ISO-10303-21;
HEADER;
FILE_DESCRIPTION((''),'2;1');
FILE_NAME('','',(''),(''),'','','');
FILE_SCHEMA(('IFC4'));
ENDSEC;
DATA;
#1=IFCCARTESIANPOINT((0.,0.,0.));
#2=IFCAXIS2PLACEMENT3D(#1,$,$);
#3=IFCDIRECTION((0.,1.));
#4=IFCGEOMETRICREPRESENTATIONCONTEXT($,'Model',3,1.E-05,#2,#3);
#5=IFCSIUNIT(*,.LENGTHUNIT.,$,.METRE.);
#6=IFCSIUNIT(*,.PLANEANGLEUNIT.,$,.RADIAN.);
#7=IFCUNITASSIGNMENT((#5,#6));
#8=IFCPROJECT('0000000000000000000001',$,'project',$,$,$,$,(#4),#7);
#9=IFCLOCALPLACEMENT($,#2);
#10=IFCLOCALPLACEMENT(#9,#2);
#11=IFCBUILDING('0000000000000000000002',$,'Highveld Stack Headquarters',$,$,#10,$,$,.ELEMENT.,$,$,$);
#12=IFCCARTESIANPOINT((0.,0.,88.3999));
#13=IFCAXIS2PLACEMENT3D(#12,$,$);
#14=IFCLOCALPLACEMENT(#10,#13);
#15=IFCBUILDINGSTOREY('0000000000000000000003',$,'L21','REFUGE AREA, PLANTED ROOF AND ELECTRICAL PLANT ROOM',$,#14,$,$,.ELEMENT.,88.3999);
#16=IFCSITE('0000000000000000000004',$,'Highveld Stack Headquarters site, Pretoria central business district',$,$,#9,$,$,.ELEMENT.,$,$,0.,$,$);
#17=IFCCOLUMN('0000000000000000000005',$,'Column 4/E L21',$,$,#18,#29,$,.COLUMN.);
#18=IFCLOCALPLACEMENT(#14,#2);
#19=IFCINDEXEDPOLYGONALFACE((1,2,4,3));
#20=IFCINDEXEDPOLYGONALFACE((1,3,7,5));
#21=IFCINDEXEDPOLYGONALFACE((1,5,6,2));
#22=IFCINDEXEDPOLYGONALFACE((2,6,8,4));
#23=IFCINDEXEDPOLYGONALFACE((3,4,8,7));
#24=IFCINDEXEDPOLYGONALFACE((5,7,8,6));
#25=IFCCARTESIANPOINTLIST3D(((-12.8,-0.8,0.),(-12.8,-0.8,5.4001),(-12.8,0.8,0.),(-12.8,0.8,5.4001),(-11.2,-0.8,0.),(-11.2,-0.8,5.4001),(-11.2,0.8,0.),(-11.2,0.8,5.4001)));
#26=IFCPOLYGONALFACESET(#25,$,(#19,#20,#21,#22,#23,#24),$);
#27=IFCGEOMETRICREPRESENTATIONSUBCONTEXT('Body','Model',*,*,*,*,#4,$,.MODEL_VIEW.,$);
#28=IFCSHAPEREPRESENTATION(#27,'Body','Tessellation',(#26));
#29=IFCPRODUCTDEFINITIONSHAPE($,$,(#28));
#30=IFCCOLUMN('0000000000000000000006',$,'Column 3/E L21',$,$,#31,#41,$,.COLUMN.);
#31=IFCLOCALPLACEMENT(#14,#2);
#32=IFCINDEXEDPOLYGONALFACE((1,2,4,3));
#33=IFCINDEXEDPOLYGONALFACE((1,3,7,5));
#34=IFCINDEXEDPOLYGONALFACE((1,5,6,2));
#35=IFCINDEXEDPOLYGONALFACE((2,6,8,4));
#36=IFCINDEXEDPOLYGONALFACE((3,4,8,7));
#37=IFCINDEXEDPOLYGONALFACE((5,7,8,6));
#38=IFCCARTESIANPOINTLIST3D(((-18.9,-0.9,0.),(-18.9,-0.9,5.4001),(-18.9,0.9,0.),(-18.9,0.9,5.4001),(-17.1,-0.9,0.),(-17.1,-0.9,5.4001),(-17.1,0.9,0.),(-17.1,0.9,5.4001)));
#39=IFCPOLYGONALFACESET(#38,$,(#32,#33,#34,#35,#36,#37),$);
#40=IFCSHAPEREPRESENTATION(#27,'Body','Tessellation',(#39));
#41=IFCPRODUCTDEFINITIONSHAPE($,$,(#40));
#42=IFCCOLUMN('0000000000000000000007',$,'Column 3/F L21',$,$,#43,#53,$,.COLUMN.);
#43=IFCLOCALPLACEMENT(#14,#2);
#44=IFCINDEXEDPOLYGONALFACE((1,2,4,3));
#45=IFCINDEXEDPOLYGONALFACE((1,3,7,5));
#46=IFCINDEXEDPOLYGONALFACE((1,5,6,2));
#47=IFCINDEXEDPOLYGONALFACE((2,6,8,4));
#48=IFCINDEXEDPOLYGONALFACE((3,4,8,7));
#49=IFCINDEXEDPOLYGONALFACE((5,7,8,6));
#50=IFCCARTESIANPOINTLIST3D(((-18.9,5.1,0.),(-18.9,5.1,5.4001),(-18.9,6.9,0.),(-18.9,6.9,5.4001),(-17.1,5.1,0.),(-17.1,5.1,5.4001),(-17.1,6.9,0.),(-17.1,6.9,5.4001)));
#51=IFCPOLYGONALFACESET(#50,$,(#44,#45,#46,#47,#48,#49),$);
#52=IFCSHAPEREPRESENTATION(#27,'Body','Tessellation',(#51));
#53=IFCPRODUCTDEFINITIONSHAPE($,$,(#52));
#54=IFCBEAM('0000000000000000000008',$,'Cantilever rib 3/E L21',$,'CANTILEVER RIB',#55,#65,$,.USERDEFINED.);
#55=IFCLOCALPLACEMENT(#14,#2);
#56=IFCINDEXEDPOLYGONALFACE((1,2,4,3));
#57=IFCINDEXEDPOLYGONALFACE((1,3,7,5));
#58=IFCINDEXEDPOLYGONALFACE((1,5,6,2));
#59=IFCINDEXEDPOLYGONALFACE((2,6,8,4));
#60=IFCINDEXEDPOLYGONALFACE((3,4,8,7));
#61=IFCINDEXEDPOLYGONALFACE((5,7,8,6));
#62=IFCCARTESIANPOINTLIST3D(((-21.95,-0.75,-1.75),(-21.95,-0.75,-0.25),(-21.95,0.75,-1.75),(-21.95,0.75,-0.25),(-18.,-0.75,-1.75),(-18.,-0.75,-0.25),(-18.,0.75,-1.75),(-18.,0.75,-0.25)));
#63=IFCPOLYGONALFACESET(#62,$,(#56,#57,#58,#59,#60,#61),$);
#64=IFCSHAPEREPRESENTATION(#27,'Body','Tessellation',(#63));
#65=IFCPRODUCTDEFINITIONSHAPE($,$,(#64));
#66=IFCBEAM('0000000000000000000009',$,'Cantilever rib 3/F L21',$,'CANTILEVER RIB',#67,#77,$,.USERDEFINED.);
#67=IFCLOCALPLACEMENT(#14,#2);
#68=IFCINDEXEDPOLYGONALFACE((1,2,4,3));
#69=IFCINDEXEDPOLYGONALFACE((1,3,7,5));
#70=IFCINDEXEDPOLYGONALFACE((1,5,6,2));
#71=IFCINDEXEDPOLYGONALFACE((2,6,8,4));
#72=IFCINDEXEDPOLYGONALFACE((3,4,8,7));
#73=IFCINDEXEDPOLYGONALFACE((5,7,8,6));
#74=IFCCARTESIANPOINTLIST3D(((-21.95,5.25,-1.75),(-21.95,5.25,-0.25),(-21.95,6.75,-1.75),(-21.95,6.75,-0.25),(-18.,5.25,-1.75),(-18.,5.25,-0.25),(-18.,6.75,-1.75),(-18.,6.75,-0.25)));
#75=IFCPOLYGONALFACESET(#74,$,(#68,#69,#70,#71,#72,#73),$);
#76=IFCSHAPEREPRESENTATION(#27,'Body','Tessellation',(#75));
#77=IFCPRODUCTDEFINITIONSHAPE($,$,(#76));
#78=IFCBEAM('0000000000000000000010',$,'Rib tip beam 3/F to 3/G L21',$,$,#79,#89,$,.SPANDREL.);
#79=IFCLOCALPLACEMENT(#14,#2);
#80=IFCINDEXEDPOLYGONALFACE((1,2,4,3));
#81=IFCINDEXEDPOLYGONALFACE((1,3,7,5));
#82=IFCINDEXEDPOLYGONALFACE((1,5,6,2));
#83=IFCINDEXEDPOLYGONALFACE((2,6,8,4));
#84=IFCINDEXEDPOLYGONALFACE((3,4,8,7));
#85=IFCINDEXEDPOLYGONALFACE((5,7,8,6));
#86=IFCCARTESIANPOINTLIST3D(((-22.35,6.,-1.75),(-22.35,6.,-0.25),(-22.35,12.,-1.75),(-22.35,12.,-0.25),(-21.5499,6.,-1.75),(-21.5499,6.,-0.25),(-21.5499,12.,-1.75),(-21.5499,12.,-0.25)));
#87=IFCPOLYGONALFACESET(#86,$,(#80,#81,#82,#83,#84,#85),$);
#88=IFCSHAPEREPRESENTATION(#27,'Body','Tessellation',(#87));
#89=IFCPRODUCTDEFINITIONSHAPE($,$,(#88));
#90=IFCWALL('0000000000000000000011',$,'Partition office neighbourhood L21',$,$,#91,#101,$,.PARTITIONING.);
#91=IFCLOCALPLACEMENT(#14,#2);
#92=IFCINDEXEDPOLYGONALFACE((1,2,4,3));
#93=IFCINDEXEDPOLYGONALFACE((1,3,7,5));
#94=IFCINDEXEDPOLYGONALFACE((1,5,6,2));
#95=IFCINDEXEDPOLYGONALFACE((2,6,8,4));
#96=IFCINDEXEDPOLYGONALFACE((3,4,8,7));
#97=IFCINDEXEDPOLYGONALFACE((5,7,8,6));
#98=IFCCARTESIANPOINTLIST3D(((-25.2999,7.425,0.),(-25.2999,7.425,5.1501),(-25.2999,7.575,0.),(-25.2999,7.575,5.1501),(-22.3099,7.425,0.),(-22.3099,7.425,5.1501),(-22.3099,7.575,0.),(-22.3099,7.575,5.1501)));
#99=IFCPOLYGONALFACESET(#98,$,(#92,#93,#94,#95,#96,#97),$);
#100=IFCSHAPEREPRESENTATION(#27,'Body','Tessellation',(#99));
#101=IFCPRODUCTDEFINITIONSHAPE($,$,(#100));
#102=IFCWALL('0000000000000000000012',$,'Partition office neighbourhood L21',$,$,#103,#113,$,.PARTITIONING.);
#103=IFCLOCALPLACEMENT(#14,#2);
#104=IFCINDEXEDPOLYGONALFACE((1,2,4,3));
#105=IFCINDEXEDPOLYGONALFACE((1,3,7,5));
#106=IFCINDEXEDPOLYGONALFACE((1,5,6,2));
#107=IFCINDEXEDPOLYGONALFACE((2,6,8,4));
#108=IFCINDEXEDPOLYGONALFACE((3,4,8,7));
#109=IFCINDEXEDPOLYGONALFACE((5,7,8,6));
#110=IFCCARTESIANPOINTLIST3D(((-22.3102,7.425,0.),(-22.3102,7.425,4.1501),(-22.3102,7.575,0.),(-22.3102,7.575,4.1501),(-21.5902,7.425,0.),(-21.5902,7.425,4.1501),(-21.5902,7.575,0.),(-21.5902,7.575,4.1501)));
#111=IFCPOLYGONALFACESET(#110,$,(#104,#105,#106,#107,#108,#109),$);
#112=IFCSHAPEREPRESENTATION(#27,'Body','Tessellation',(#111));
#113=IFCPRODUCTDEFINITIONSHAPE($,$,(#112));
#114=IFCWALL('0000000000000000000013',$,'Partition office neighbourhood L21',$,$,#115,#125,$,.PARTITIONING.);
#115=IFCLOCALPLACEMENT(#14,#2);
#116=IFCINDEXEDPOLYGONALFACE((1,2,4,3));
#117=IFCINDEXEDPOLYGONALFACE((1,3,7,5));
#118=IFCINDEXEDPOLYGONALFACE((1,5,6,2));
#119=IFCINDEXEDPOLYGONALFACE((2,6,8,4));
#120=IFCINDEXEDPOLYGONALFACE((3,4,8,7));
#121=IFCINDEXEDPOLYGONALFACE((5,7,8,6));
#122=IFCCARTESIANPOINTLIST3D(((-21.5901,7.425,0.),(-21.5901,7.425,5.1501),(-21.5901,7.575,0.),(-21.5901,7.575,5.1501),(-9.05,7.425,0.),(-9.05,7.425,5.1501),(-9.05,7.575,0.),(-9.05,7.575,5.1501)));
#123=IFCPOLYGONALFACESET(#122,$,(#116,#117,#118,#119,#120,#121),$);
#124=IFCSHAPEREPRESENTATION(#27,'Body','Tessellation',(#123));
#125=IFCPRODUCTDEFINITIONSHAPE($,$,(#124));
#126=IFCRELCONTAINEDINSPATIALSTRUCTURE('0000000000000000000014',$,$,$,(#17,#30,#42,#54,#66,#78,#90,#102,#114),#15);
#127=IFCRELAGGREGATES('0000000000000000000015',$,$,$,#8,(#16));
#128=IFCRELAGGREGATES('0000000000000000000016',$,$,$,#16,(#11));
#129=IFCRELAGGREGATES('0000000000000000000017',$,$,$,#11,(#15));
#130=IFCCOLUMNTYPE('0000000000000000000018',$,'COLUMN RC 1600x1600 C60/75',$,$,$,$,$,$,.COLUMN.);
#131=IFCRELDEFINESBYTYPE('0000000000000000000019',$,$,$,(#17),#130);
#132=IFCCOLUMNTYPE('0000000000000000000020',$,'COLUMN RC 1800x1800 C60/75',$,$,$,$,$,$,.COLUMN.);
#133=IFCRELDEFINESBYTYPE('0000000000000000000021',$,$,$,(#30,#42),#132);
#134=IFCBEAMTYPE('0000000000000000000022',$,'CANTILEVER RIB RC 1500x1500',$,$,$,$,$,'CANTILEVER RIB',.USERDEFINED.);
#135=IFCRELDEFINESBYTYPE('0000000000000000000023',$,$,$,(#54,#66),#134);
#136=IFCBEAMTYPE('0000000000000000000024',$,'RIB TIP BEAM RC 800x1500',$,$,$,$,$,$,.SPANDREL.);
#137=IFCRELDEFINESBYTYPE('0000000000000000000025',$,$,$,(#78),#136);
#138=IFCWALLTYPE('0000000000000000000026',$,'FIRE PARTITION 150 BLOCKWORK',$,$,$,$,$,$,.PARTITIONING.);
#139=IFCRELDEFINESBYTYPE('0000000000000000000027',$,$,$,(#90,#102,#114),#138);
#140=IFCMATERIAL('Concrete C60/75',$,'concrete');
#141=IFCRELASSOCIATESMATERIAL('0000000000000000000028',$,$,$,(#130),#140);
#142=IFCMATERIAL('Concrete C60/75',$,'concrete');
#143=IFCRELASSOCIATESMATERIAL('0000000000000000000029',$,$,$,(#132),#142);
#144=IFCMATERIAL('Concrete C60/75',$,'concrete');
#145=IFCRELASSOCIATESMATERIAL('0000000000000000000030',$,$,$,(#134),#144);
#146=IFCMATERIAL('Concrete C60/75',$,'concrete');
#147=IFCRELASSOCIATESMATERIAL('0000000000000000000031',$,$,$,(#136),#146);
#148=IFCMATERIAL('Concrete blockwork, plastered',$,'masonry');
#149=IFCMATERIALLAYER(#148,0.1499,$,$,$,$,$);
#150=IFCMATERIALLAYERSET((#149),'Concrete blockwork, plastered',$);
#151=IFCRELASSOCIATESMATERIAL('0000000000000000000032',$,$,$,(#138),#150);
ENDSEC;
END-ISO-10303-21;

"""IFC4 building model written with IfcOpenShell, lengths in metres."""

from ifc_helpers import new_model, si_unit, direction, frame, frame_2d, origin, origin_2d, place, context, subcontext, project, spatial, rectangle, extrude, material, layer, layer_set, material_profile, profile_set, type_object, element, save


model = new_model("IFC4")

# Units and contexts
model_context = context("Model", 3, precision=1e-05, world=origin(), true_north=direction((0.0, 1.0)))
body_context = subcontext(model_context, "Body", "Model", "MODEL_VIEW")
ifc_project = project(units=[si_unit("LENGTHUNIT", "METRE"), si_unit("PLANEANGLEUNIT", "RADIAN")], contexts=[model_context])

# Site, building, storey
site_placement = place(None, origin())
site = spatial("IfcSite", under=ifc_project, at=site_placement, Name="Highveld Stack Headquarters site, Pretoria central business district", CompositionType="ELEMENT", RefElevation=0.0)
building_placement = place(site_placement, origin())
building = spatial("IfcBuilding", under=site, at=building_placement, Name="Highveld Stack Headquarters", CompositionType="ELEMENT")
storey_placement = place(building_placement, frame((0.0, 0.0, 88.3999)))
storey = spatial("IfcBuildingStorey", under=building, at=storey_placement, Name="L21", Description="REFUGE AREA, PLANTED ROOF AND ELECTRICAL PLANT ROOM", CompositionType="ELEMENT", Elevation=88.3999)

# Columns
ifc_material_1 = material(Name="Concrete C60/75", Category="concrete")
ifc_material_profile_1 = material_profile(ifc_material_1, rectangle(XDim=1.6001, YDim=1.6001, at=origin_2d()), Name="RC 1600x1600")
ifc_profile_set_1 = profile_set([ifc_material_profile_1], Name="Concrete C60/75")
column_type_1 = type_object("IfcColumnType", Name="COLUMN RC 1600x1600 C60/75", PredefinedType="COLUMN", material=ifc_profile_set_1)
column_placement = place(storey_placement, frame((-12.0, 0.0, 0.0), z_axis=(0.0, 0.0, 1.0), x_axis=(1.0, 0.0, 0.0)))
element("IfcColumn", 1, at=column_placement, inside=storey, type_object=column_type_1, Name="Column 4/E L21", PredefinedType="COLUMN", context=body_context, shape_type="SweptSolid", body=[
    extrude(rectangle(XDim=1.6001, YDim=1.6001, at=origin_2d()), origin(), (0.0, 0.0, 1.0), 5.4001),
])
ifc_material_2 = material(Name="Concrete C60/75", Category="concrete")
ifc_material_profile_2 = material_profile(ifc_material_2, rectangle(XDim=1.8, YDim=1.8, at=origin_2d()), Name="RC 1800x1800")
ifc_profile_set_2 = profile_set([ifc_material_profile_2], Name="Concrete C60/75")
column_type_2 = type_object("IfcColumnType", Name="COLUMN RC 1800x1800 C60/75", PredefinedType="COLUMN", material=ifc_profile_set_2)
for number, where, z_axis, x_axis, name in (
    (2, (-18.0, 0.0, 0.0), (0.0, 0.0, 1.0), (1.0, 0.0, 0.0), "Column 3/E L21"),
    (3, (-18.0, 6.0, 0.0), (0.0, 0.0, 1.0), (1.0, 0.0, 0.0), "Column 3/F L21"),
):
    element("IfcColumn", number, at=place(storey_placement, frame(where, z_axis=z_axis, x_axis=x_axis)), inside=storey, type_object=column_type_2, Name=name, PredefinedType="COLUMN", context=body_context, shape_type="SweptSolid", body=[
        extrude(rectangle(XDim=1.8, YDim=1.8, at=origin_2d()), origin(), (0.0, 0.0, 1.0), 5.4001),
    ])

# Beams
ifc_material_3 = material(Name="Concrete C60/75", Category="concrete")
ifc_material_profile_3 = material_profile(ifc_material_3, rectangle(XDim=1.5, YDim=1.5, at=origin_2d()), Name="RC 1500x1500")
ifc_profile_set_3 = profile_set([ifc_material_profile_3], Name="Concrete C60/75")
beam_type_1 = type_object("IfcBeamType", Name="CANTILEVER RIB RC 1500x1500", ElementType="CANTILEVER RIB", PredefinedType="USERDEFINED", material=ifc_profile_set_3)
for number, where, z_axis, x_axis, name in (
    (4, (-18.0, 0.0, -1.0), (-1.0, 0.0, 0.0), (0.0, -1.0, 0.0), "Cantilever rib 3/E L21"),
    (5, (-18.0, 6.0, -1.0), (-1.0, 0.0, 0.0), (0.0, -1.0, 0.0), "Cantilever rib 3/F L21"),
):
    element("IfcBeam", number, at=place(storey_placement, frame(where, z_axis=z_axis, x_axis=x_axis)), inside=storey, type_object=beam_type_1, Name=name, ObjectType="CANTILEVER RIB", PredefinedType="USERDEFINED", context=body_context, shape_type="SweptSolid", body=[
        extrude(rectangle(XDim=1.5, YDim=1.5, at=origin_2d()), origin(), (0.0, 0.0, 1.0), 3.95),
    ])
ifc_material_4 = material(Name="Concrete C60/75", Category="concrete")
ifc_material_profile_4 = material_profile(ifc_material_4, rectangle(XDim=0.8, YDim=1.5, at=origin_2d()), Name="RC 800x1500")
ifc_profile_set_4 = profile_set([ifc_material_profile_4], Name="Concrete C60/75")
beam_type_2 = type_object("IfcBeamType", Name="RIB TIP BEAM RC 800x1500", PredefinedType="SPANDREL", material=ifc_profile_set_4)
beam_placement = place(storey_placement, frame((-21.95, 6.0, -1.0), z_axis=(0.0, 1.0, 0.0), x_axis=(-1.0, 0.0, 0.0)))
element("IfcBeam", 6, at=beam_placement, inside=storey, type_object=beam_type_2, Name="Rib tip beam 3/F to 3/G L21", PredefinedType="SPANDREL", context=body_context, shape_type="SweptSolid", body=[
    extrude(rectangle(XDim=0.8, YDim=1.5, at=origin_2d()), origin(), (0.0, 0.0, 1.0), 6.0),
])

# Walls
ifc_material_5 = material(Name="Concrete blockwork, plastered", Category="masonry")
ifc_layer = layer(ifc_material_5, 0.1499)
ifc_layer_set = layer_set([ifc_layer], Name="Concrete blockwork, plastered")
wall_type = type_object("IfcWallType", Name="FIRE PARTITION 150 BLOCKWORK", PredefinedType="PARTITIONING", material=ifc_layer_set)
wall_1_placement = place(storey_placement, frame((-25.3, 7.5, 0.0), z_axis=(0.0, 0.0, 1.0), x_axis=(1.0, 0.0, 0.0)))
element("IfcWall", 7, at=wall_1_placement, inside=storey, type_object=wall_type, Name="Partition office neighbourhood L21", PredefinedType="PARTITIONING", context=body_context, shape_type="SweptSolid", body=[
    extrude(rectangle(XDim=2.99, YDim=0.1499, at=frame_2d((1.4951, 0.0))), origin(), (0.0, 0.0, 1.0), 5.1501),
])
wall_2_placement = place(storey_placement, frame((-22.3101, 7.5, 0.0), z_axis=(0.0, 0.0, 1.0), x_axis=(1.0, 0.0, 0.0)))
element("IfcWall", 8, at=wall_2_placement, inside=storey, type_object=wall_type, Name="Partition office neighbourhood L21", PredefinedType="PARTITIONING", context=body_context, shape_type="SweptSolid", body=[
    extrude(rectangle(XDim=0.72, YDim=0.1499, at=frame_2d((0.3599, 0.0))), origin(), (0.0, 0.0, 1.0), 4.1501),
])
wall_3_placement = place(storey_placement, frame((-21.5901, 7.5, 0.0), z_axis=(0.0, 0.0, 1.0), x_axis=(1.0, 0.0, 0.0)))
element("IfcWall", 9, at=wall_3_placement, inside=storey, type_object=wall_type, Name="Partition office neighbourhood L21", PredefinedType="PARTITIONING", context=body_context, shape_type="SweptSolid", body=[
    extrude(rectangle(XDim=12.54, YDim=0.1499, at=frame_2d((6.27, 0.0))), origin(), (0.0, 0.0, 1.0), 5.1501),
])

save(model, "model.ifc")
